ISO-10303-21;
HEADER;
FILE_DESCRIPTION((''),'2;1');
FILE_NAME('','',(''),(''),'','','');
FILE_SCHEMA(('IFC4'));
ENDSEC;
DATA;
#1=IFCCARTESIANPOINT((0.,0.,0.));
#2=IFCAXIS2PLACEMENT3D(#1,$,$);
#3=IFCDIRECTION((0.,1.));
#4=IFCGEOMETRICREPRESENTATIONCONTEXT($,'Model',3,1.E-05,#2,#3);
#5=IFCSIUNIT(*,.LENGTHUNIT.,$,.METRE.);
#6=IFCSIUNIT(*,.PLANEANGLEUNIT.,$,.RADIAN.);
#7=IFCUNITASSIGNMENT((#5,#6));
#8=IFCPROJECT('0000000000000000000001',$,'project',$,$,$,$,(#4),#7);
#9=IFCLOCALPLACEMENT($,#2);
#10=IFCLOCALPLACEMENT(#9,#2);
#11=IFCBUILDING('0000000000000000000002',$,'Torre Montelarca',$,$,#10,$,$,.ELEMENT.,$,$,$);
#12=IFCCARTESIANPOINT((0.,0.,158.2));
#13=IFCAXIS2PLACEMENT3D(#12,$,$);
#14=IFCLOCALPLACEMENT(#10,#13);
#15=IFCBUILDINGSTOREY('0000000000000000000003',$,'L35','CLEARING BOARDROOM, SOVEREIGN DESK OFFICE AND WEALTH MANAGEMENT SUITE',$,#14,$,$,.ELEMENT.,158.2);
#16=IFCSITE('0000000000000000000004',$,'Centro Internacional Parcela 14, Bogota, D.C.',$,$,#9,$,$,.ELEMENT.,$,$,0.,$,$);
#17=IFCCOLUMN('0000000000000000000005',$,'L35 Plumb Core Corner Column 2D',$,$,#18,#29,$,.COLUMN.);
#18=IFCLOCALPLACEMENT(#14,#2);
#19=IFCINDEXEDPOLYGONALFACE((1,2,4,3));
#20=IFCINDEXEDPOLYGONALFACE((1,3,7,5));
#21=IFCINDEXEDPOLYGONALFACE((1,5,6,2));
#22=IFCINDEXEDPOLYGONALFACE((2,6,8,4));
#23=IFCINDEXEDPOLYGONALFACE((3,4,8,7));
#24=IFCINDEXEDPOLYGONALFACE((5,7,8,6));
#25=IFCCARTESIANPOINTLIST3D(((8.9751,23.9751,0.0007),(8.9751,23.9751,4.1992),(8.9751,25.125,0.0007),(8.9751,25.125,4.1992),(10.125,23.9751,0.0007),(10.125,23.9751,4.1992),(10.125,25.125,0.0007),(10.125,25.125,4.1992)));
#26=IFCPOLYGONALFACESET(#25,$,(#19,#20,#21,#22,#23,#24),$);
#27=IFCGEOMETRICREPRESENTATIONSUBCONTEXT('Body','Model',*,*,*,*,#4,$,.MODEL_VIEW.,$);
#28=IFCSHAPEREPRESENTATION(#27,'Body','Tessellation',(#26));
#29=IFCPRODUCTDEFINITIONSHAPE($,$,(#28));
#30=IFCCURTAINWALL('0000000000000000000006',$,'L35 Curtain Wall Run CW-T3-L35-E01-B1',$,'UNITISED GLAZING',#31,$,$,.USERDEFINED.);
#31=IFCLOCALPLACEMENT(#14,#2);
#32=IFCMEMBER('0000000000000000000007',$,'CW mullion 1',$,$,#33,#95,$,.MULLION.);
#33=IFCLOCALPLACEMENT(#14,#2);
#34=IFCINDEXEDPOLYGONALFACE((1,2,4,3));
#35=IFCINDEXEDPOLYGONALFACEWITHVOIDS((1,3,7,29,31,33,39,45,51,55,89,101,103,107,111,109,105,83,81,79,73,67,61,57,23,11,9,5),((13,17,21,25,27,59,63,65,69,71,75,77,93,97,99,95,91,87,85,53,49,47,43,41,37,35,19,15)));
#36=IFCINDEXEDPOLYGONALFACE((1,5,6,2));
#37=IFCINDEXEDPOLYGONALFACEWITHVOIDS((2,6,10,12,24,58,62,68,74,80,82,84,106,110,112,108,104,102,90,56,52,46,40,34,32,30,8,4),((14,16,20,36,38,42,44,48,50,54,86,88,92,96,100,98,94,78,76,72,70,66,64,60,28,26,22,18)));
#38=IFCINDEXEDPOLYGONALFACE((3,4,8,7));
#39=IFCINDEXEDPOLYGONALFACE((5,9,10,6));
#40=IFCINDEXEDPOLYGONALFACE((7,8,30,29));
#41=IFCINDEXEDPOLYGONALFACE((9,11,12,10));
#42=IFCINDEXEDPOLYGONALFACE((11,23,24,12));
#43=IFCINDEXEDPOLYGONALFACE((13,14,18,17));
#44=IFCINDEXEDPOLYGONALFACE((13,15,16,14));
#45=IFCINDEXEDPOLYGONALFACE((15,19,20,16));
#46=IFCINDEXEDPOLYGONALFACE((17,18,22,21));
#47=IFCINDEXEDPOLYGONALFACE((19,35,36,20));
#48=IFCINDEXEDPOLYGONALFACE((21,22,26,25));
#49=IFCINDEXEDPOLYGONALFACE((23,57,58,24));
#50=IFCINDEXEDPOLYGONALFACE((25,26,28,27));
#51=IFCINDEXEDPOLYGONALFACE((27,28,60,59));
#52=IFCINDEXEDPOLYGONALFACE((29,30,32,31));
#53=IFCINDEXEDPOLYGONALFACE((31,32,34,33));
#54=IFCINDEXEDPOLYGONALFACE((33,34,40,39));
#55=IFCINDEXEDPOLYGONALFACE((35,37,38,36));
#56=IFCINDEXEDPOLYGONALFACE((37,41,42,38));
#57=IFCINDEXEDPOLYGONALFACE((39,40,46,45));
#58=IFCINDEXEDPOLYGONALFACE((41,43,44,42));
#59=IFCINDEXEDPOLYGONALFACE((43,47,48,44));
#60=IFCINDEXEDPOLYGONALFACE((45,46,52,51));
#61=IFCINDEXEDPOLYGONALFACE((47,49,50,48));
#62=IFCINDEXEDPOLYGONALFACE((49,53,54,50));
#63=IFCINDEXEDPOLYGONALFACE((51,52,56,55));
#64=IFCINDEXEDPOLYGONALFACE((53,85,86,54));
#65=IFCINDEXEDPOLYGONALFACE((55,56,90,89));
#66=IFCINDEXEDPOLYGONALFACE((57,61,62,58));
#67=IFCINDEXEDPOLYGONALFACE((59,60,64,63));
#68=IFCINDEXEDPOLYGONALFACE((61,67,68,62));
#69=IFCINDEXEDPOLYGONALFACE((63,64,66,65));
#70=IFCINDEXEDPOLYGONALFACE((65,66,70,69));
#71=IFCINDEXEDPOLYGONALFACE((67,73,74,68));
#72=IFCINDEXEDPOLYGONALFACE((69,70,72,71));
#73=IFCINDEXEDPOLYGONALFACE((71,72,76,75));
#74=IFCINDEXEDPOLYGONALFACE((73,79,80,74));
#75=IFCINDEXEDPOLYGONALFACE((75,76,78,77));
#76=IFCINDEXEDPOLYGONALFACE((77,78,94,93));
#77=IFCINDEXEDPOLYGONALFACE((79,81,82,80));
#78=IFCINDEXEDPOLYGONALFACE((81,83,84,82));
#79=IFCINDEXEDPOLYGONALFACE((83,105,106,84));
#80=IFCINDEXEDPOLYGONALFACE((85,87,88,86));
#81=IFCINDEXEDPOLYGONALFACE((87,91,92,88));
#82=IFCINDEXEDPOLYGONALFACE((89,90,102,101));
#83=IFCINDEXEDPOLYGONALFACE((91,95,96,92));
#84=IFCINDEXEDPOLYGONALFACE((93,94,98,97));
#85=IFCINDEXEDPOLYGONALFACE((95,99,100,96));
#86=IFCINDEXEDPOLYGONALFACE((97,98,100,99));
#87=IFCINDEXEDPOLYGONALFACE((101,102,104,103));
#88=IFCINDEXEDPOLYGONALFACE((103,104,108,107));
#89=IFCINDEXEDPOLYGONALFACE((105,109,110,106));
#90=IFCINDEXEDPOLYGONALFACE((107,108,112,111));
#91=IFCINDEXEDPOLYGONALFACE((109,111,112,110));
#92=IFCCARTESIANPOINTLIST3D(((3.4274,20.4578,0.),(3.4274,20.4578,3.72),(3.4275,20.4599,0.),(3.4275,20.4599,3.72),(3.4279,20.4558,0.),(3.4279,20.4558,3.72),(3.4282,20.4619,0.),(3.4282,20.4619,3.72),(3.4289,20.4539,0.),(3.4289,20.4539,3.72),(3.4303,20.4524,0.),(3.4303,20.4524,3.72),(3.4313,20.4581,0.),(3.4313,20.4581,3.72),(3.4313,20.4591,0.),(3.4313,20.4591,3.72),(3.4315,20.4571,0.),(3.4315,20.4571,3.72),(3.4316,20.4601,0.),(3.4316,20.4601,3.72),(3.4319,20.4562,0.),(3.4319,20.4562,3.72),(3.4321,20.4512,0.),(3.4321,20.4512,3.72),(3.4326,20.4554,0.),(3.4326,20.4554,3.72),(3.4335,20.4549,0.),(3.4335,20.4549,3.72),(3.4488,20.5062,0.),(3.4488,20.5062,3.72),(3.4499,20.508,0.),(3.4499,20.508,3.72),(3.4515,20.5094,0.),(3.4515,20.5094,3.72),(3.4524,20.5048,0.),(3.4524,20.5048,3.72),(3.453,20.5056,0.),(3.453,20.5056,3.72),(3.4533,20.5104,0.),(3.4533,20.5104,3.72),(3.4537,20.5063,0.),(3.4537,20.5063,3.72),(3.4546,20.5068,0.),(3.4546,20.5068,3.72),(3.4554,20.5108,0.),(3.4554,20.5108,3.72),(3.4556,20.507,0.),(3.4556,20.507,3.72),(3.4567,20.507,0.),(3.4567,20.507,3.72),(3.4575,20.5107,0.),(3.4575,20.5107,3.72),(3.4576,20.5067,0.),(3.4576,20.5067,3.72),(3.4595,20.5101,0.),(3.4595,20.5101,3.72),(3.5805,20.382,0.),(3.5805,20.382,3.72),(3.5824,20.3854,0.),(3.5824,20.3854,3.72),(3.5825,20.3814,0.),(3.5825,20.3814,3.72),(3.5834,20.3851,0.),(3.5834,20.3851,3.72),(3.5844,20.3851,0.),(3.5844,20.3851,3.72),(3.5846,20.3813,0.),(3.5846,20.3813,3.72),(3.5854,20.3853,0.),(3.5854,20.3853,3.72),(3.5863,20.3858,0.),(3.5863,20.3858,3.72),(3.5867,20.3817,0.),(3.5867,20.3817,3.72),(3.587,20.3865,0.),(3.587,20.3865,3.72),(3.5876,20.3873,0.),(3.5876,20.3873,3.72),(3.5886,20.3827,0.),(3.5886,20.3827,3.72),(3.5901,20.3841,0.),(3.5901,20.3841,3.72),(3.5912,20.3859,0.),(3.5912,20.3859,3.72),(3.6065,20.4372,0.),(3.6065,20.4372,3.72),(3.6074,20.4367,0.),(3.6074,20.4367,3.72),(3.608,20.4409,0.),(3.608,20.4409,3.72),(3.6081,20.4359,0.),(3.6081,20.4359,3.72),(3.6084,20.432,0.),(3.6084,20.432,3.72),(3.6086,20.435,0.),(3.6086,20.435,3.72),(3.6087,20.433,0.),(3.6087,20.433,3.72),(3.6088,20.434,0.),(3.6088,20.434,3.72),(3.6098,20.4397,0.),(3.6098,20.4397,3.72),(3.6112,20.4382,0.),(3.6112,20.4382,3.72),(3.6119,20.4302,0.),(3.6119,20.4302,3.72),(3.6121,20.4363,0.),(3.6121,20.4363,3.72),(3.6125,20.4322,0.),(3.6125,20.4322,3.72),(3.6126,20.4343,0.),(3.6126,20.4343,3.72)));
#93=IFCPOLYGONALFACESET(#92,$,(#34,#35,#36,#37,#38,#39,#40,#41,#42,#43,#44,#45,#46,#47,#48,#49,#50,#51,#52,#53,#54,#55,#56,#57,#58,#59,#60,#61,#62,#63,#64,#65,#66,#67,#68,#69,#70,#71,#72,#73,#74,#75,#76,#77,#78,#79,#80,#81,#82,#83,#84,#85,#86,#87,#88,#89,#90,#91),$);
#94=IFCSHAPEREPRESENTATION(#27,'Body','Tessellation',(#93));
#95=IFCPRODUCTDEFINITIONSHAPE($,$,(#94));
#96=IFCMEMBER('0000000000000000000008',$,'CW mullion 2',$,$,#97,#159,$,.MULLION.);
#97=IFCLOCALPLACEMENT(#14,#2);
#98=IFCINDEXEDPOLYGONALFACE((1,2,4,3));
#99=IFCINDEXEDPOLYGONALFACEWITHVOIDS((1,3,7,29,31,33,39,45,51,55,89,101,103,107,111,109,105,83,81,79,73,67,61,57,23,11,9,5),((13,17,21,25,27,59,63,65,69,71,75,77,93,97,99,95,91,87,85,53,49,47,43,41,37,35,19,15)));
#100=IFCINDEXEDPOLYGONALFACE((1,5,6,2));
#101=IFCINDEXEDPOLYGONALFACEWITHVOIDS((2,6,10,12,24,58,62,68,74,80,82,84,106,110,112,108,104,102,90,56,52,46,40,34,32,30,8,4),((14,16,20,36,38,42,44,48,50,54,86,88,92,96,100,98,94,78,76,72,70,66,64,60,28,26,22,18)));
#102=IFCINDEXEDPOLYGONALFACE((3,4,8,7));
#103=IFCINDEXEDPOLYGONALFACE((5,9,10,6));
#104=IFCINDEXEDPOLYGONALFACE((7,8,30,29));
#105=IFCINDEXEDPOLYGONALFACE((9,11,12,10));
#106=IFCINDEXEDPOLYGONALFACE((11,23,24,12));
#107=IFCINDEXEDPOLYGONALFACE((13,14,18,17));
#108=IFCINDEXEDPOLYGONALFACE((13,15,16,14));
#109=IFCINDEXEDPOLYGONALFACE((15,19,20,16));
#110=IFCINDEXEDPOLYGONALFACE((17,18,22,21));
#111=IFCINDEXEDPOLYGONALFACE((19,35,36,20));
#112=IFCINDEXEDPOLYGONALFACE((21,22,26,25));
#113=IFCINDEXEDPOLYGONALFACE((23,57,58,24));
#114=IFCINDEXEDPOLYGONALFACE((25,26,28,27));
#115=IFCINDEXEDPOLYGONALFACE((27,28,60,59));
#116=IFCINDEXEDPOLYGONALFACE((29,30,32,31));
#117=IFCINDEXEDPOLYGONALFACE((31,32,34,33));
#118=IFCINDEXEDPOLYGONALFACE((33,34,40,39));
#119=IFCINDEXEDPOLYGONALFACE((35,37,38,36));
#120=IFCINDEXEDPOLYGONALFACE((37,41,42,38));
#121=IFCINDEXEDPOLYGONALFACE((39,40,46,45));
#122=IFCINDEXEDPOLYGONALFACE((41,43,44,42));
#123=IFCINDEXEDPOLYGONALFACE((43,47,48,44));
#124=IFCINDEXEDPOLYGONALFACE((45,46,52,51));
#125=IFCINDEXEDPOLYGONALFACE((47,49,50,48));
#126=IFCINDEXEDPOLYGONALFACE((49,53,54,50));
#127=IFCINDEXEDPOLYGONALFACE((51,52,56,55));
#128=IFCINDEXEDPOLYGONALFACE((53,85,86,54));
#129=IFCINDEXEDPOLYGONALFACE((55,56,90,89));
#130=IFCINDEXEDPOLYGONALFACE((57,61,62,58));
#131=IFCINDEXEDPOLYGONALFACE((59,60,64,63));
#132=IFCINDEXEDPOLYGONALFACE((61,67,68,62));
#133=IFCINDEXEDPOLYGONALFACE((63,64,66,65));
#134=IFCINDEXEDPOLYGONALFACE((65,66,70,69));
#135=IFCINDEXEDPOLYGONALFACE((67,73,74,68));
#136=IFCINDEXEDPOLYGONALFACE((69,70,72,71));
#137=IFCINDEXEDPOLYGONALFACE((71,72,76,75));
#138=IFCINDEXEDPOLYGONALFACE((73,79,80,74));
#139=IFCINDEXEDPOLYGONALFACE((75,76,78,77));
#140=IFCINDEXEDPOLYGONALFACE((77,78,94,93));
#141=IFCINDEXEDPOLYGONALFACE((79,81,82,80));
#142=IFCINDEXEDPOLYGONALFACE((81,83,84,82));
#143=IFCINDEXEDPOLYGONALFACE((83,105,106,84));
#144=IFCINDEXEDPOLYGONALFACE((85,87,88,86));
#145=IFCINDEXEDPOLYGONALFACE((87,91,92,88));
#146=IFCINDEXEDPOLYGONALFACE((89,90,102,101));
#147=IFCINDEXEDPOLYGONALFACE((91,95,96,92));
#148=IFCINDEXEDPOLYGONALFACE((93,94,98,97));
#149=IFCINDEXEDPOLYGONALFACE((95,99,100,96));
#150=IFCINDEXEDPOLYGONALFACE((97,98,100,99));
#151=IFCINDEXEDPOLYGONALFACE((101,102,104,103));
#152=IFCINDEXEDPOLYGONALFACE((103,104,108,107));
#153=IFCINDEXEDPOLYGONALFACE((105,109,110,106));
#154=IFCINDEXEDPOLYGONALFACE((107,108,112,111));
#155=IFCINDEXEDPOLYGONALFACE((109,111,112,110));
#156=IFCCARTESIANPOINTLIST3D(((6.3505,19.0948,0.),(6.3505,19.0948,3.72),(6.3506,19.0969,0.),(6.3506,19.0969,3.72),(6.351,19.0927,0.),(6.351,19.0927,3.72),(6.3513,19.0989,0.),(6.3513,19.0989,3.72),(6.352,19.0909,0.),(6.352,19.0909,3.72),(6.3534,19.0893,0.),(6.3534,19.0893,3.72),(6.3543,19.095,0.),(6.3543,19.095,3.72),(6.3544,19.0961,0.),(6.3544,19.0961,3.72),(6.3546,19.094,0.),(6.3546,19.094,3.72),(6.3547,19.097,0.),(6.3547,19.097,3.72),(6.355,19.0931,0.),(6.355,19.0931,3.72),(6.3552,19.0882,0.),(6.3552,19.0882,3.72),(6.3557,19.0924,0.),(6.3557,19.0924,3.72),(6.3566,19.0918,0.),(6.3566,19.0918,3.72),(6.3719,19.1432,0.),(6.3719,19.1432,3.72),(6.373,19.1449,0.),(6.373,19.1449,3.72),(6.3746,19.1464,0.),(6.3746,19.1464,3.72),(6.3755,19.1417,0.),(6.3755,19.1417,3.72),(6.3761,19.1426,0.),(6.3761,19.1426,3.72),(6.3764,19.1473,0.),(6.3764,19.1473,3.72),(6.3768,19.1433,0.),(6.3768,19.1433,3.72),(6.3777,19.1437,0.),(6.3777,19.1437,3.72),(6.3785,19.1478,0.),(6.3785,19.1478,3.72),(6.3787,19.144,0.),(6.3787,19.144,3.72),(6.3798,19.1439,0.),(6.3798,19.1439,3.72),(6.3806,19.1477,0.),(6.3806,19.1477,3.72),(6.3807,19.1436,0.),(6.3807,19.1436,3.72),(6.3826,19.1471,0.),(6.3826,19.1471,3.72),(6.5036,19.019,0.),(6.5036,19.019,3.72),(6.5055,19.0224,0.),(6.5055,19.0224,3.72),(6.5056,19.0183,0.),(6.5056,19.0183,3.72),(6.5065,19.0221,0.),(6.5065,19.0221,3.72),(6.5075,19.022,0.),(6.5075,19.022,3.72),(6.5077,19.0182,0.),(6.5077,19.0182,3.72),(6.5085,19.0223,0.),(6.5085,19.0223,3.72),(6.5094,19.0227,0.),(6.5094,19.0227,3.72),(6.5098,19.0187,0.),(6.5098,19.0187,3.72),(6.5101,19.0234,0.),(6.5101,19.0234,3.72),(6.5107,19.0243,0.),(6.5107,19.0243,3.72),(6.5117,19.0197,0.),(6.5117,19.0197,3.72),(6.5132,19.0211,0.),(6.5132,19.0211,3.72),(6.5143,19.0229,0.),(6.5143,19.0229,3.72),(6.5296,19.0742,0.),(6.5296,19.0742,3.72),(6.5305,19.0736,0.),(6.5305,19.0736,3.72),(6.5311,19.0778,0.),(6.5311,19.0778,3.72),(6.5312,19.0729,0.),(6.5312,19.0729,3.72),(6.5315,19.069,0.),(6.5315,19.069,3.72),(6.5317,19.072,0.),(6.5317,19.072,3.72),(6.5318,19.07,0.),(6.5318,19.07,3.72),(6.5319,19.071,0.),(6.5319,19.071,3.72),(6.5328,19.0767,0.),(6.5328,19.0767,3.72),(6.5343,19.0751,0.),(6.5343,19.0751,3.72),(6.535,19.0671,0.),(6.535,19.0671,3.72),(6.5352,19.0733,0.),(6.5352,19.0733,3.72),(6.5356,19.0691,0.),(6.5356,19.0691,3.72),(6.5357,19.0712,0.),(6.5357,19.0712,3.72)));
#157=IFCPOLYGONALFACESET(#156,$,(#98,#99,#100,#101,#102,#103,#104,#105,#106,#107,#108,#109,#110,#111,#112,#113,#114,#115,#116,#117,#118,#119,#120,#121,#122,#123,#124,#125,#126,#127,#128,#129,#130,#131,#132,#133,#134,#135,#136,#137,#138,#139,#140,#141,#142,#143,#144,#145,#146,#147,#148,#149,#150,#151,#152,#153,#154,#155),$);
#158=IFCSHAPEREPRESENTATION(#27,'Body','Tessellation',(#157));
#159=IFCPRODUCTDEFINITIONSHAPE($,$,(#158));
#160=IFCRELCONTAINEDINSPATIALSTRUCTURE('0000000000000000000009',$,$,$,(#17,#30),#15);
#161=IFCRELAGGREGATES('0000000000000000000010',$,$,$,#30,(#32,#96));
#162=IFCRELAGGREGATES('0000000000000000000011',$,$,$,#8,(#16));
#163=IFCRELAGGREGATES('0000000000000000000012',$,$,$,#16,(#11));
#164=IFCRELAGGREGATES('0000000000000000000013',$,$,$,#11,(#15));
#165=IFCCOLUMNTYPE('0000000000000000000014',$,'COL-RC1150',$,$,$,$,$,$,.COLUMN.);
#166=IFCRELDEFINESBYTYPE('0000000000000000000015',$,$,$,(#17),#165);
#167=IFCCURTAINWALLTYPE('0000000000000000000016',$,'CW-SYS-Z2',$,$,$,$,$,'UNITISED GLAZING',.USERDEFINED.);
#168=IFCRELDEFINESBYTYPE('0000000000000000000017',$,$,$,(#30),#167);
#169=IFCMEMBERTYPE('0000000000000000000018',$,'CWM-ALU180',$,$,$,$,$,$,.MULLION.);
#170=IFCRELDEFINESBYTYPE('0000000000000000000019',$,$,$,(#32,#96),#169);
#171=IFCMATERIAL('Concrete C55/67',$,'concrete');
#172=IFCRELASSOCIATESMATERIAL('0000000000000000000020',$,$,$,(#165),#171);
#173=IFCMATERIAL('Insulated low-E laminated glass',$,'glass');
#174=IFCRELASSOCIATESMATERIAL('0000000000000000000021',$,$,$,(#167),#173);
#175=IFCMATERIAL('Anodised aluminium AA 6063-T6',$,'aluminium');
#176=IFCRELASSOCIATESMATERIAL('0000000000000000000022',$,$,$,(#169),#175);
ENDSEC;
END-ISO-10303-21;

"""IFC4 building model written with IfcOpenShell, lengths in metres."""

from ifc_helpers import new_model, si_unit, direction, frame, origin, origin_2d, place, context, subcontext, project, spatial, rectangle, hollow_rectangle, extrude, source, transform, mapped, material, material_profile, profile_set, type_object, element, aggregate, save


model = new_model("IFC4")

# Units and contexts
model_context = context("Model", 3, precision=1e-05, world=origin(), true_north=direction((0.0, 1.0)))
body_context = subcontext(model_context, "Body", "Model", "MODEL_VIEW")
ifc_project = project(units=[si_unit("LENGTHUNIT", "METRE"), si_unit("PLANEANGLEUNIT", "RADIAN")], contexts=[model_context])

# Site, building, storey
site_placement = place(None, origin())
site = spatial("IfcSite", under=ifc_project, at=site_placement, Name="Centro Internacional Parcela 14, Bogota, D.C.", CompositionType="ELEMENT", RefElevation=0.0)
building_placement = place(site_placement, origin())
building = spatial("IfcBuilding", under=site, at=building_placement, Name="Torre Montelarca", CompositionType="ELEMENT")
storey_placement = place(building_placement, frame((0.0, 0.0, 158.2)))
storey = spatial("IfcBuildingStorey", under=building, at=storey_placement, Name="L35", Description="CLEARING BOARDROOM, SOVEREIGN DESK OFFICE AND WEALTH MANAGEMENT SUITE", CompositionType="ELEMENT", Elevation=158.2)

# Column
ifc_material_1 = material(Name="Concrete C55/67", Category="concrete")
ifc_material_profile_1 = material_profile(ifc_material_1, rectangle(XDim=1.1499, YDim=1.1499, at=origin_2d()), Name="RC1150X1150", Category="concrete")
ifc_profile_set_1 = profile_set([ifc_material_profile_1], Name="Concrete C55/67")
column_type_1 = type_object("IfcColumnType", Name="COL-RC1150", PredefinedType="COLUMN", material=ifc_profile_set_1)
shared_shape_1 = source(origin(), body_context, "Body", "SweptSolid", [
    extrude(rectangle(XDim=1.1499, YDim=1.1499, at=origin_2d()), origin(), (0.0, 0.0, 1.0), 4.1985),
])
column_1_placement = place(storey_placement, frame((9.55, 24.55, 0.0007), z_axis=(0.0, 0.0, 1.0), x_axis=(1.0, 0.0, 0.0)))
element("IfcColumn", 1, at=column_1_placement, inside=storey, type_object=column_type_1, Name="L35 Plumb Core Corner Column 2D", PredefinedType="COLUMN", context=body_context, shape_type="MappedRepresentation", body=[
    mapped(shared_shape_1, transform((0.0, 0.0, 0.0), scale=1.0)),
])

# Curtain wall, members
ifc_material_2 = material(Name="Insulated low-E laminated glass", Category="glass")
curtain_wall_type = type_object("IfcCurtainWallType", Name="CW-SYS-Z2", ElementType="UNITISED GLAZING", PredefinedType="USERDEFINED", material=ifc_material_2)
curtain_wall_placement = place(storey_placement, origin())
curtain_wall = element("IfcCurtainWall", 2, at=curtain_wall_placement, inside=storey, type_object=curtain_wall_type, Name="L35 Curtain Wall Run CW-T3-L35-E01-B1", ObjectType="UNITISED GLAZING", PredefinedType="USERDEFINED")
ifc_material_3 = material(Name="Anodised aluminium AA 6063-T6", Category="aluminium")
ifc_material_profile_2 = material_profile(ifc_material_3, hollow_rectangle(XDim=0.0649, YDim=0.1799, WallThickness=0.0039, InnerFilletRadius=0.0039, OuterFilletRadius=0.0081, at=origin_2d()), Name="ALU65X180X4", Category="aluminium")
ifc_profile_set_2 = profile_set([ifc_material_profile_2], Name="Anodised aluminium AA 6063-T6")
member_type_1 = type_object("IfcMemberType", Name="CWM-ALU180", PredefinedType="MULLION", material=ifc_profile_set_2)
shared_shape_2 = source(origin(), body_context, "Body", "SweptSolid", [
    extrude(hollow_rectangle(XDim=0.0649, YDim=0.1799, WallThickness=0.0039, InnerFilletRadius=0.0039, OuterFilletRadius=0.0081, at=origin_2d()), origin(), (0.0, 0.0, 1.0), 3.72),
])
member_1_placement = place(storey_placement, frame((3.52, 20.446, 0.0), z_axis=(0.0, 0.0, 1.0), x_axis=(0.422613, 0.90631, 0.0)))
member_1 = element("IfcMember", 3, at=member_1_placement, type_object=member_type_1, Name="CW mullion 1", PredefinedType="MULLION", context=body_context, shape_type="MappedRepresentation", body=[
    mapped(shared_shape_2, transform((0.0, 0.0, 0.0), scale=1.0)),
])
member_2_placement = place(storey_placement, frame((6.4431, 19.083, 0.0), z_axis=(0.0, 0.0, 1.0), x_axis=(0.422613, 0.90631, 0.0)))
member_2 = element("IfcMember", 4, at=member_2_placement, type_object=member_type_1, Name="CW mullion 2", PredefinedType="MULLION", context=body_context, shape_type="MappedRepresentation", body=[
    mapped(shared_shape_2, transform((0.0, 0.0, 0.0), scale=1.0)),
])
aggregate(curtain_wall, [member_1, member_2])

save(model, "model.ifc")
